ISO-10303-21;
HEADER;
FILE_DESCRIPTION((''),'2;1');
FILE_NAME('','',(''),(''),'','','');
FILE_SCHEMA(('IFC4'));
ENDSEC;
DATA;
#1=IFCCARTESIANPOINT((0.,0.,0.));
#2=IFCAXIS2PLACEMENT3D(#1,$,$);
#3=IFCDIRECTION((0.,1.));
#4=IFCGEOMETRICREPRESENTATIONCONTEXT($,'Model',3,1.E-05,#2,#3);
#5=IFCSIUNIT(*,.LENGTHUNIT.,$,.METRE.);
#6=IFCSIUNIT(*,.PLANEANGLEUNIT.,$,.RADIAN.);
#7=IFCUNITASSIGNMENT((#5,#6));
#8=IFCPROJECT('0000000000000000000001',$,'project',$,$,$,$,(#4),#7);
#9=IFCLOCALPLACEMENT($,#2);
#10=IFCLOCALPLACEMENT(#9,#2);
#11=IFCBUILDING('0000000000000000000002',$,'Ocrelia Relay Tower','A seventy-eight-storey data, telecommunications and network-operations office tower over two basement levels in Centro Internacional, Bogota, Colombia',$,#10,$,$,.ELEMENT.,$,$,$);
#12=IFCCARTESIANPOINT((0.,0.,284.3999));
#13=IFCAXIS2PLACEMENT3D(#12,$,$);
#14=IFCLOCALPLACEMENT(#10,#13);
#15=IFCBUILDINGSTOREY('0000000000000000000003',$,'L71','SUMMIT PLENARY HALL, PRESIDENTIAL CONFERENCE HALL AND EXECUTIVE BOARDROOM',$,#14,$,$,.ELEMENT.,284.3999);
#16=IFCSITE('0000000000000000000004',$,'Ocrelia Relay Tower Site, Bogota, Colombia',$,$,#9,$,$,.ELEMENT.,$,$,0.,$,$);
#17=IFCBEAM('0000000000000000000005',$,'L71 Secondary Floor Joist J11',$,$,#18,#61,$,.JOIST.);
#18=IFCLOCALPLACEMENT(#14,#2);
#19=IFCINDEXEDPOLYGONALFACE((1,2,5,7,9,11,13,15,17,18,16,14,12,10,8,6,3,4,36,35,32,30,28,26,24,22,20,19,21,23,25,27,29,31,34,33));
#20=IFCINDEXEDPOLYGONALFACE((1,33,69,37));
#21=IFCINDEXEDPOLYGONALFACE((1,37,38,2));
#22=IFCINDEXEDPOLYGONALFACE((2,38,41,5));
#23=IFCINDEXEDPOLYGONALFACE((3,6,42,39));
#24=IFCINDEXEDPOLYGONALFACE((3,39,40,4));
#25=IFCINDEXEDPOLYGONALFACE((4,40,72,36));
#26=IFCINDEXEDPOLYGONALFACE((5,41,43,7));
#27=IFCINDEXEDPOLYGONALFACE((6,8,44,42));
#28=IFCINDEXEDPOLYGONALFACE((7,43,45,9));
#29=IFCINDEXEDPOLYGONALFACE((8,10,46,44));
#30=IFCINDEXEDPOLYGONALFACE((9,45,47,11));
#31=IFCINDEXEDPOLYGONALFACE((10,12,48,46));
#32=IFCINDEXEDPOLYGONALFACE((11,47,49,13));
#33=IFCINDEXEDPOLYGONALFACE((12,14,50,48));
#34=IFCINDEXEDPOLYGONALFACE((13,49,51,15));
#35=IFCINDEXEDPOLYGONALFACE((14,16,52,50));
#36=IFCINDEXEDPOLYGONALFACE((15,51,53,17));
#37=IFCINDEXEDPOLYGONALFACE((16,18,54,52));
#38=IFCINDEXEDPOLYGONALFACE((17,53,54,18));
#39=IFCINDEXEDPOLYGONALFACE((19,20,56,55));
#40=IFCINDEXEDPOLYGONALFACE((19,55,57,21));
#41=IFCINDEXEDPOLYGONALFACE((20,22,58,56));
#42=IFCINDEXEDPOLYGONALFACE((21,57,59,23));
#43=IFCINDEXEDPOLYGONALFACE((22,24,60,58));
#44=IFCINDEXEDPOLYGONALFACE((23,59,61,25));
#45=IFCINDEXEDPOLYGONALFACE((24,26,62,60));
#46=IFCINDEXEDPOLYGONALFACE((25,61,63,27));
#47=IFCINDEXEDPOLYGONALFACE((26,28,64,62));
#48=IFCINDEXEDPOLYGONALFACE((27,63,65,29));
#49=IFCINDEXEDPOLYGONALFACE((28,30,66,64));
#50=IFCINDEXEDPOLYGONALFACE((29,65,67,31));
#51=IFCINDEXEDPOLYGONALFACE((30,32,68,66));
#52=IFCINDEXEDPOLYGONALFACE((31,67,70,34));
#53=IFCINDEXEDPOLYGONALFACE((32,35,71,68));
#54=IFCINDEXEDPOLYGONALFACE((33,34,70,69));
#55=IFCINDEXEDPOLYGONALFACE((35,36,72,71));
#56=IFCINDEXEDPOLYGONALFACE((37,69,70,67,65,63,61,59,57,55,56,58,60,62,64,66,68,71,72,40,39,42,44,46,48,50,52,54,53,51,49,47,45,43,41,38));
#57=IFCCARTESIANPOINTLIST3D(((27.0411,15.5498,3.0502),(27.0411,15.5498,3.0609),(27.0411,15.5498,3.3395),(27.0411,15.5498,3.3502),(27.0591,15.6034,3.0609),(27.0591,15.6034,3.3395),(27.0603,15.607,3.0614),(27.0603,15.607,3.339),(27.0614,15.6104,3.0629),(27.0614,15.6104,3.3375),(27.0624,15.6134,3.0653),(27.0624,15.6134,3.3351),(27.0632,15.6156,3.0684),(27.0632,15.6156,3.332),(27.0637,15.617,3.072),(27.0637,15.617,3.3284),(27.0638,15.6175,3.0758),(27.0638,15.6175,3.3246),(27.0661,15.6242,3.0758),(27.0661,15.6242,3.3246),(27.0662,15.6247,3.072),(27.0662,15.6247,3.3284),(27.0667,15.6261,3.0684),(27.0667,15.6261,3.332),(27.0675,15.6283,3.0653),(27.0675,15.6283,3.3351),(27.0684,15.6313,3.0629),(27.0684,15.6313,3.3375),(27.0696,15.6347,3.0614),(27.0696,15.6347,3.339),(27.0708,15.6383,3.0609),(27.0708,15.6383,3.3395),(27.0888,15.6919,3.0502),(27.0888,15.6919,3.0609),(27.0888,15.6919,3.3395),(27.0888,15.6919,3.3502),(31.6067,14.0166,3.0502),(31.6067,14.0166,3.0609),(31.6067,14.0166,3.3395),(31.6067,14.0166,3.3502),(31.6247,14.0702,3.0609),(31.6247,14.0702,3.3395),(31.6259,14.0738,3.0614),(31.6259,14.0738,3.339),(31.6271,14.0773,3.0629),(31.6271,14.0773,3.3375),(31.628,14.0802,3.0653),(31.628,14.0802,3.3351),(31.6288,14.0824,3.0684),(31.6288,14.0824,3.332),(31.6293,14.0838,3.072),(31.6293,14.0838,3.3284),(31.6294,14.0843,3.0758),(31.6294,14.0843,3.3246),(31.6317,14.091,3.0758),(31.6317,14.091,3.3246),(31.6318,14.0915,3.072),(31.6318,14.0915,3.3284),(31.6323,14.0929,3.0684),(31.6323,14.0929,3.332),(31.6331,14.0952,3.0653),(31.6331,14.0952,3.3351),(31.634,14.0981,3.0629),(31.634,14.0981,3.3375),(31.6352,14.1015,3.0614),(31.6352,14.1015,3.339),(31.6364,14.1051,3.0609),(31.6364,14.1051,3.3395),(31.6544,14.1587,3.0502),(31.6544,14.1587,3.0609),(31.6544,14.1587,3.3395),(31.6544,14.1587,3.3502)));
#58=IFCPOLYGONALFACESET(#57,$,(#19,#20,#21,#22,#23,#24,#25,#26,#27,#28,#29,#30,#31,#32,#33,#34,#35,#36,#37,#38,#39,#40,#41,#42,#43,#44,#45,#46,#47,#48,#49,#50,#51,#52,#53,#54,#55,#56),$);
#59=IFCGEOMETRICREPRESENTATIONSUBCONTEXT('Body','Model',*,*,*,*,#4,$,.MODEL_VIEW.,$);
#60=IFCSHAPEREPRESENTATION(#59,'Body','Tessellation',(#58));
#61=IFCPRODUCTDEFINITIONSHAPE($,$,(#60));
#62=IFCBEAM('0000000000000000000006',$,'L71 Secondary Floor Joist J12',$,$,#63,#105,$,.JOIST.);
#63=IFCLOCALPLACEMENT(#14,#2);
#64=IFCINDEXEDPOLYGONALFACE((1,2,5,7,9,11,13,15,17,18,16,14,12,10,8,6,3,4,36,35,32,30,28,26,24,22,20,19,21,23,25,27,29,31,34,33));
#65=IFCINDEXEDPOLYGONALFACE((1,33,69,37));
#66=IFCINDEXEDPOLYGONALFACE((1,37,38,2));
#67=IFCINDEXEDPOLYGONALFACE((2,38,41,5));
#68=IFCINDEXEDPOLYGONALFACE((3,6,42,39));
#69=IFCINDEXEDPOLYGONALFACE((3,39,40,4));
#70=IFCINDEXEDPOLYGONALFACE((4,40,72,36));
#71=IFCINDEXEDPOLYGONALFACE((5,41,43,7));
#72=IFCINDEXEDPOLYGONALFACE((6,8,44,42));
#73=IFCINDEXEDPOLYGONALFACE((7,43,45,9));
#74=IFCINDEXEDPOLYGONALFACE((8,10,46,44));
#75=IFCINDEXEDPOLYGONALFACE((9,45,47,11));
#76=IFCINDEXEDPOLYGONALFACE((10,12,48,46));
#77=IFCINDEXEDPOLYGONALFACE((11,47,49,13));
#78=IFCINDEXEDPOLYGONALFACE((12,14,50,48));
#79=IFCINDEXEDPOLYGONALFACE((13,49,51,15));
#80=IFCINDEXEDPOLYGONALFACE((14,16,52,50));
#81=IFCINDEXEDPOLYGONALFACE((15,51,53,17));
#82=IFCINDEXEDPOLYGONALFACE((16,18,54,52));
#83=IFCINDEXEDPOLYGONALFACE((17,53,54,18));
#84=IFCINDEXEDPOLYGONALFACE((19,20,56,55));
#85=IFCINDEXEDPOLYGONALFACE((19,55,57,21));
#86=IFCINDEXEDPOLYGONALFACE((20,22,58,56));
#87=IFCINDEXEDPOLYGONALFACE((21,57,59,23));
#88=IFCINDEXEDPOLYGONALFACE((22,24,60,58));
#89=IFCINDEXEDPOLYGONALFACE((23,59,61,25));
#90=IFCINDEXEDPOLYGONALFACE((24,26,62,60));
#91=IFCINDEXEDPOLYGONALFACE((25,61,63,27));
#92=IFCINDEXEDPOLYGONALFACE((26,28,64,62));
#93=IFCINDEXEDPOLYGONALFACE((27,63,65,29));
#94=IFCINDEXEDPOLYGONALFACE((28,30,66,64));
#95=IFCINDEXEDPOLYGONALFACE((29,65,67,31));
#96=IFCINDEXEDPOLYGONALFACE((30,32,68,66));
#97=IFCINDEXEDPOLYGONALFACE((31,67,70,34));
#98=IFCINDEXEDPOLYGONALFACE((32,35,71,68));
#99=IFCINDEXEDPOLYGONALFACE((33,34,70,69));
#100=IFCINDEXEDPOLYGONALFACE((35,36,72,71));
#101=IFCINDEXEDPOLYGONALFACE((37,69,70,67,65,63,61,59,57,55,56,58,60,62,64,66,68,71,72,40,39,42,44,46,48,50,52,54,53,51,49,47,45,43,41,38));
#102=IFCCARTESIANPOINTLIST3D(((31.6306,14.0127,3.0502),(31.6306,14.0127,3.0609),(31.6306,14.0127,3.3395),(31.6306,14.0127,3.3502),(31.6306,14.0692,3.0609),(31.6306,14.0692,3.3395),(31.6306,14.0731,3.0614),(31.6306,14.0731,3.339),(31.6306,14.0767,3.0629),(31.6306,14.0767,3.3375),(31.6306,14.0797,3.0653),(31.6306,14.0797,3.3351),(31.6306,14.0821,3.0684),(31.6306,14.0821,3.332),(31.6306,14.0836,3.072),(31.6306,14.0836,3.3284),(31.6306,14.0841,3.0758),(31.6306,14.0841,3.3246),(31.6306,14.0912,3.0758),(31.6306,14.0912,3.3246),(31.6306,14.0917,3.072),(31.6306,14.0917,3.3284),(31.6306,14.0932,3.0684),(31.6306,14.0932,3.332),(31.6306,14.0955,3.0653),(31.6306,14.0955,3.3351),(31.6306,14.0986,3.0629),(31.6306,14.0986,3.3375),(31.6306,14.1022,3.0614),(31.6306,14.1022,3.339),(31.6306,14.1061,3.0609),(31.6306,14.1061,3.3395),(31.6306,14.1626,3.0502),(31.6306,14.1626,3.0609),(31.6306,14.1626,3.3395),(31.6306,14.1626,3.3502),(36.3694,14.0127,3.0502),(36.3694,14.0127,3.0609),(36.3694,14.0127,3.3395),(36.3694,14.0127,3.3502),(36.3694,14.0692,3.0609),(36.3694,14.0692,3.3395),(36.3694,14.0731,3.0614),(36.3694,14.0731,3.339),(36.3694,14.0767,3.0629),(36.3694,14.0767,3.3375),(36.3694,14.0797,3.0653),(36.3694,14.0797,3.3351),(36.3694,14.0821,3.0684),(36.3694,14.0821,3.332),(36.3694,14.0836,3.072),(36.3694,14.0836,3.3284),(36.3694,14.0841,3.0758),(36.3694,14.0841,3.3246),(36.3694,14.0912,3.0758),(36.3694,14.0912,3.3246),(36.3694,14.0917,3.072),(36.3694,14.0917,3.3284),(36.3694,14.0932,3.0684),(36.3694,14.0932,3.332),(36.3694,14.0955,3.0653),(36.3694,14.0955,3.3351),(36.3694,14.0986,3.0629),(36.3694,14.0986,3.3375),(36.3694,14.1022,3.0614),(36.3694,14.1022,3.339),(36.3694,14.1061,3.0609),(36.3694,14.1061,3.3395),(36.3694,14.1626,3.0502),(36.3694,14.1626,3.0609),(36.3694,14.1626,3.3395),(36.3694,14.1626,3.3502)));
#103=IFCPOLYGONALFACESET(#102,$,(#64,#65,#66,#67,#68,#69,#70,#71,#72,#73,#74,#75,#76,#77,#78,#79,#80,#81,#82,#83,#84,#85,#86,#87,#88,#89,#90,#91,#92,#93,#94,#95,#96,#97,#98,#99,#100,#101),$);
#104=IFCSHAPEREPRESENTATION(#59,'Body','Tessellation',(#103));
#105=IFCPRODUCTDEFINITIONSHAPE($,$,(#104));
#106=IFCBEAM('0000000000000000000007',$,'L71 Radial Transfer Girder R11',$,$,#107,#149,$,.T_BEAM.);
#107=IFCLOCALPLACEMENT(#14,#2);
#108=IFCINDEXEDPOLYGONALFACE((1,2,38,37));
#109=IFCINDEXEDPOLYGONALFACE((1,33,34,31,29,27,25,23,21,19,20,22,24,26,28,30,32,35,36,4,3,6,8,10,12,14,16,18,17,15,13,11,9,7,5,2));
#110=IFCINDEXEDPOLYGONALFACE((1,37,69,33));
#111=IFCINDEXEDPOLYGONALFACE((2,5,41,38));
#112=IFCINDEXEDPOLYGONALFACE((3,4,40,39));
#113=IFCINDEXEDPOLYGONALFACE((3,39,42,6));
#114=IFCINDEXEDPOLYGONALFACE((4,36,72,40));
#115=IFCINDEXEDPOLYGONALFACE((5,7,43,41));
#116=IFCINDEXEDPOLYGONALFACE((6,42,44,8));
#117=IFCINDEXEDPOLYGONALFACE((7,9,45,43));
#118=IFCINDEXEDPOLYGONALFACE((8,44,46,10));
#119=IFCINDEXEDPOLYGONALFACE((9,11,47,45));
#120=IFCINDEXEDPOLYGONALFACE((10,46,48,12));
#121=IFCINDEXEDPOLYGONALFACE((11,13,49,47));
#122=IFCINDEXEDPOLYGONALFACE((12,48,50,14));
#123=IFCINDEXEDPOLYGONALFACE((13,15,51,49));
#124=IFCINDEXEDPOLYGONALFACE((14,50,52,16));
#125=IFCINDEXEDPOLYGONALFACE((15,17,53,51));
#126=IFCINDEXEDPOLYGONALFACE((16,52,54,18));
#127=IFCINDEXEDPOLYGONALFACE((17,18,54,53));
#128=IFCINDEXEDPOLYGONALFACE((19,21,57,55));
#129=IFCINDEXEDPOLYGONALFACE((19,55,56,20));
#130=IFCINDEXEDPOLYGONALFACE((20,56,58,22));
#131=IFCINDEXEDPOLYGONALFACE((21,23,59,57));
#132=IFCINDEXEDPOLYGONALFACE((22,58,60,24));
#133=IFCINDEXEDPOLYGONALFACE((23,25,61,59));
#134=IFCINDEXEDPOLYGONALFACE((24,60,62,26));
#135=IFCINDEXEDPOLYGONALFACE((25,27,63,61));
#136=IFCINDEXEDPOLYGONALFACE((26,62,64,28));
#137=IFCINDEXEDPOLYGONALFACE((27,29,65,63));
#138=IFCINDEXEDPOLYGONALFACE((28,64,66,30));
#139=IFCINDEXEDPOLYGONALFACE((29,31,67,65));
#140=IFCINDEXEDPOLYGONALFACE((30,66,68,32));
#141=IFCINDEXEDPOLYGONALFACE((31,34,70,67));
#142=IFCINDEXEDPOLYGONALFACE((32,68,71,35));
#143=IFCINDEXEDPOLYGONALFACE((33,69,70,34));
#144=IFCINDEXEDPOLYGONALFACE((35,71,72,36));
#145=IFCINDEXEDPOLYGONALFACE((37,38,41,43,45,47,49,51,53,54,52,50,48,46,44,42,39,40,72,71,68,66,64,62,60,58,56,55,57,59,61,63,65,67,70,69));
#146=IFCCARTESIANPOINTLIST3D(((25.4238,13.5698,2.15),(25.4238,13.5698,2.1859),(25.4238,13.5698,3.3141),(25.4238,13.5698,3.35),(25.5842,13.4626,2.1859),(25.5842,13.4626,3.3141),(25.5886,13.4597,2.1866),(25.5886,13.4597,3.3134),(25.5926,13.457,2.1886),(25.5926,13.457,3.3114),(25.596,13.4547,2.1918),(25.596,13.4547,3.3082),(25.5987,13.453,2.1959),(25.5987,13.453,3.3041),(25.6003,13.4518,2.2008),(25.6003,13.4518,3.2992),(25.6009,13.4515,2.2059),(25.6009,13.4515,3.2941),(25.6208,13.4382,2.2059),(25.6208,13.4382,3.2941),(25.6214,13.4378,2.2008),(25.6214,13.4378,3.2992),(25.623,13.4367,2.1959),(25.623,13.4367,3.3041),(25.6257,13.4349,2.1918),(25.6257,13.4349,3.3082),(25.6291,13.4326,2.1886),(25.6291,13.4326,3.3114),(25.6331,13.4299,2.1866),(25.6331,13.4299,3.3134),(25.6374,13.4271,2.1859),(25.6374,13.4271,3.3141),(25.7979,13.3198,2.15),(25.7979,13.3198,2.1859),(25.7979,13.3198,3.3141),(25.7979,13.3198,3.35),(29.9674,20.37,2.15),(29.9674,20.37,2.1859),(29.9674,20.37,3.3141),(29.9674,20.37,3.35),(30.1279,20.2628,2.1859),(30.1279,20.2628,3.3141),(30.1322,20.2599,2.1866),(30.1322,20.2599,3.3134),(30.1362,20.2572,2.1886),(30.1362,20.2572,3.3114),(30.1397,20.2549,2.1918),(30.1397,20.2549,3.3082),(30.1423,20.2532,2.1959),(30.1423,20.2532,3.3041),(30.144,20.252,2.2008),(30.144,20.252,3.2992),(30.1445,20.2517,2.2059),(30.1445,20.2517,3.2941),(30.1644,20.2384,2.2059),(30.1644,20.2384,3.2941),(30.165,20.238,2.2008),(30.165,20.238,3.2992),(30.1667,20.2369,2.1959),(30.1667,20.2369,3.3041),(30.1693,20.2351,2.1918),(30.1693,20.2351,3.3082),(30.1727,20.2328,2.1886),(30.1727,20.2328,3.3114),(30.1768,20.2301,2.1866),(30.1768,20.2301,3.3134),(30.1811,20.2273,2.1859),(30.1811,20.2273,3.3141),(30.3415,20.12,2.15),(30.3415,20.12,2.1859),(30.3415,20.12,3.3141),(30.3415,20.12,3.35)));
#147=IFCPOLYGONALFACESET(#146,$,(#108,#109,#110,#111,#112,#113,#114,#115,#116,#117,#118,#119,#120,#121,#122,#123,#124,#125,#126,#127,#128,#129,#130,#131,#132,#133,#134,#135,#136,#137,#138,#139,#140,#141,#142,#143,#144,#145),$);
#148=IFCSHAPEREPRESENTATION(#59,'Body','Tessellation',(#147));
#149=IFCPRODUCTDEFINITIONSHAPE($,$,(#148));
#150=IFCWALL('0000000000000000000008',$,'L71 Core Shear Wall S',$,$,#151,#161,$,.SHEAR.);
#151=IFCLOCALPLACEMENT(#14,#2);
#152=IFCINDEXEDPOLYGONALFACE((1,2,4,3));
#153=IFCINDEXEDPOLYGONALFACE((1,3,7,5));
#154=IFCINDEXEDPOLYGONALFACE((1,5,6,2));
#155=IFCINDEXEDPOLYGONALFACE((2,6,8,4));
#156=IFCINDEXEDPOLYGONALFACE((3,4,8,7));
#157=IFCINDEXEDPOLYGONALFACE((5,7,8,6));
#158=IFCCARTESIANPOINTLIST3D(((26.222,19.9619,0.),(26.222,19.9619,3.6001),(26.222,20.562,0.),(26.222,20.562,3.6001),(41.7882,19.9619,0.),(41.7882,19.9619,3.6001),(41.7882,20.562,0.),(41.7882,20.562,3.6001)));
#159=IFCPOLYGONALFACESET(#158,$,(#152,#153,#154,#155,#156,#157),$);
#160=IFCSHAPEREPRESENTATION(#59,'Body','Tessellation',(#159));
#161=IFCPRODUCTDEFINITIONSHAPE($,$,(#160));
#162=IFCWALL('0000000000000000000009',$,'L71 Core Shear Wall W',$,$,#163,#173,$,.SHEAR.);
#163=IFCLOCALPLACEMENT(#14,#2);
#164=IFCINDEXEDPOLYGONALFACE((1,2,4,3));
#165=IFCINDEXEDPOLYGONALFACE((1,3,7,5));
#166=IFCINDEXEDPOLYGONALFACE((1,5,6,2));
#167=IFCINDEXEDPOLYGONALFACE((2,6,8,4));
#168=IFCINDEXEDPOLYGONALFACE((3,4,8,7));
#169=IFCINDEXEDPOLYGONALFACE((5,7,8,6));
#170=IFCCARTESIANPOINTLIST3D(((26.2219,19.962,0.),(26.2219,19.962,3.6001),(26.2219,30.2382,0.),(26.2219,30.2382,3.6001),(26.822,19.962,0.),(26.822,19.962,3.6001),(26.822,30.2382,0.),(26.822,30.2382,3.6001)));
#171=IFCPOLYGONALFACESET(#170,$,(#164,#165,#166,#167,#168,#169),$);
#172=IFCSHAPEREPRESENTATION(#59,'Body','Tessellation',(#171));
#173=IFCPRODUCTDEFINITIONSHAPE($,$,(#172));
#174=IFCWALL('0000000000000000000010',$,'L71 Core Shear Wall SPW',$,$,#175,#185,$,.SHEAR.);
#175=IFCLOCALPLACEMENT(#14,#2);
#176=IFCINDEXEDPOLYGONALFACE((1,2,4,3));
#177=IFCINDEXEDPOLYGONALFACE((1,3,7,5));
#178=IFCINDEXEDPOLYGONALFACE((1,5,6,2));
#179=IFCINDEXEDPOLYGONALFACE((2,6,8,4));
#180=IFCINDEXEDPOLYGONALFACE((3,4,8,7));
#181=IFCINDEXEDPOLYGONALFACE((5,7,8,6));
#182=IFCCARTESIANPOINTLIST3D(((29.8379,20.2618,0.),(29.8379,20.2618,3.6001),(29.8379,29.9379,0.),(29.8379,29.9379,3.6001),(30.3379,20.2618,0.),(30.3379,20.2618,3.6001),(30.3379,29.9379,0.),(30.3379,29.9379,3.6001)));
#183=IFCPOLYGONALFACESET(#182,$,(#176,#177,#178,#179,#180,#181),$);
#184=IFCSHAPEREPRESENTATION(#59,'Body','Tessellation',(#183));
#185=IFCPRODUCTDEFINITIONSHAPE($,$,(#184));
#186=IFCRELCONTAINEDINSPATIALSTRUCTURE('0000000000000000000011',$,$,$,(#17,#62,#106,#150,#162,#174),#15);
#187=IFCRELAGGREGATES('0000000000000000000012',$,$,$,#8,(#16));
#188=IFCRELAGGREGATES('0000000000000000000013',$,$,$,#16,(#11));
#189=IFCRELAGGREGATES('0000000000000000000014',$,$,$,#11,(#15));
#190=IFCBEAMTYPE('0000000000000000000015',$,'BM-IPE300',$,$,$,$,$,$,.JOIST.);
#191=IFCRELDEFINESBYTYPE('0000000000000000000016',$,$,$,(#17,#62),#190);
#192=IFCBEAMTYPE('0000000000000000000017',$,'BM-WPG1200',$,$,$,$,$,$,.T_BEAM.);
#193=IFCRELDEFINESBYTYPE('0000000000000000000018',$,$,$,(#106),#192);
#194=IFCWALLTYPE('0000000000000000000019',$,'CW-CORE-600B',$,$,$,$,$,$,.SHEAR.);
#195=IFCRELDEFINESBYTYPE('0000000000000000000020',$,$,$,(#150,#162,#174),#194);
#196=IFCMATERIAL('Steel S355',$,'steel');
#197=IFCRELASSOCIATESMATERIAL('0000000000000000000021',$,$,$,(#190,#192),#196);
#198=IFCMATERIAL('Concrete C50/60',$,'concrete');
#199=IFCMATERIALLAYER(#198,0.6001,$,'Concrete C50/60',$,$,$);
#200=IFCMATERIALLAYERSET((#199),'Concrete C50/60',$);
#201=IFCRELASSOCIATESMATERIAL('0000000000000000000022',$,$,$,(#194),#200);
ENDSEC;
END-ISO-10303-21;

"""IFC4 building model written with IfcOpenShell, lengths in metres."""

from ifc_helpers import new_model, si_unit, direction, frame, frame_2d, origin, origin_2d, place, context, subcontext, project, spatial, rectangle, i_section, extrude, material, layer, layer_set, material_profile, profile_set, type_object, element, save


model = new_model("IFC4")

# Units and contexts
model_context = context("Model", 3, precision=1e-05, world=origin(), true_north=direction((0.0, 1.0)))
body_context = subcontext(model_context, "Body", "Model", "MODEL_VIEW")
ifc_project = project(units=[si_unit("LENGTHUNIT", "METRE"), si_unit("PLANEANGLEUNIT", "RADIAN")], contexts=[model_context])

# Site, building, storey
site_placement = place(None, origin())
site = spatial("IfcSite", under=ifc_project, at=site_placement, Name="Ocrelia Relay Tower Site, Bogota, Colombia", CompositionType="ELEMENT", RefElevation=0.0)
building_placement = place(site_placement, origin())
building = spatial("IfcBuilding", under=site, at=building_placement, Name="Ocrelia Relay Tower", Description="A seventy-eight-storey data, telecommunications and network-operations office tower over two basement levels in Centro Internacional, Bogota, Colombia", CompositionType="ELEMENT")
storey_placement = place(building_placement, frame((0.0, 0.0, 284.3999)))
storey = spatial("IfcBuildingStorey", under=building, at=storey_placement, Name="L71", Description="SUMMIT PLENARY HALL, PRESIDENTIAL CONFERENCE HALL AND EXECUTIVE BOARDROOM", CompositionType="ELEMENT", Elevation=284.3999)

# Shared definitions
ifc_material_1 = material(Name="Concrete C50/60", Category="concrete")

# Beams
ifc_material_2 = material(Name="Steel S355", Category="steel")
ifc_material_profile_1 = material_profile(ifc_material_2, i_section(OverallWidth=0.1499, OverallDepth=0.3, WebThickness=0.0071, FlangeThickness=0.0107, FilletRadius=0.0149, at=origin_2d()), Name="IPE 300")
ifc_profile_set_1 = profile_set([ifc_material_profile_1], Name="Steel S355")
beam_type_1 = type_object("IfcBeamType", Name="BM-IPE300", PredefinedType="JOIST", material=ifc_profile_set_1)
beam_1_placement = place(storey_placement, frame((27.0649, 15.6208, 3.2002), z_axis=(0.947976, -0.318341, 0.0), x_axis=(0.318341, 0.947976, 0.0)))
element("IfcBeam", 1, at=beam_1_placement, inside=storey, type_object=beam_type_1, Name="L71 Secondary Floor Joist J11", PredefinedType="JOIST", context=body_context, shape_type="SweptSolid", body=[
    extrude(i_section(OverallWidth=0.1499, OverallDepth=0.3, WebThickness=0.0071, FlangeThickness=0.0107, FilletRadius=0.0149, at=origin_2d()), origin(), (0.0, 0.0, 1.0), 4.8162),
])
beam_2_placement = place(storey_placement, frame((31.6306, 14.0876, 3.2002), z_axis=(1.0, 0.0, 0.0), x_axis=(0.0, 1.0, 0.0)))
element("IfcBeam", 2, at=beam_2_placement, inside=storey, type_object=beam_type_1, Name="L71 Secondary Floor Joist J12", PredefinedType="JOIST", context=body_context, shape_type="SweptSolid", body=[
    extrude(i_section(OverallWidth=0.1499, OverallDepth=0.3, WebThickness=0.0071, FlangeThickness=0.0107, FilletRadius=0.0149, at=origin_2d()), origin(), (0.0, 0.0, 1.0), 4.7388),
])
ifc_material_profile_2 = material_profile(ifc_material_2, i_section(OverallWidth=0.45, OverallDepth=1.2, WebThickness=0.0239, FlangeThickness=0.0359, FilletRadius=0.02, at=origin_2d()), Name="WPG 1200x450")
ifc_profile_set_2 = profile_set([ifc_material_profile_2], Name="Steel S355")
beam_type_2 = type_object("IfcBeamType", Name="BM-WPG1200", PredefinedType="T_BEAM", material=ifc_profile_set_2)
beam_3_placement = place(storey_placement, frame((25.6108, 13.4448, 2.75), z_axis=(0.555561, 0.831476, 0.0), x_axis=(-0.831476, 0.555561, 0.0)))
element("IfcBeam", 3, at=beam_3_placement, inside=storey, type_object=beam_type_2, Name="L71 Radial Transfer Girder R11", PredefinedType="T_BEAM", context=body_context, shape_type="SweptSolid", body=[
    extrude(i_section(OverallWidth=0.45, OverallDepth=1.2, WebThickness=0.0239, FlangeThickness=0.0359, FilletRadius=0.02, at=origin_2d()), origin(), (0.0, 0.0, 1.0), 8.1785),
])

# Walls
ifc_layer_1 = layer(ifc_material_1, 0.6001, Name="Concrete C50/60")
ifc_layer_set_1 = layer_set([ifc_layer_1], Name="Concrete C50/60")
wall_type_1 = type_object("IfcWallType", Name="CW-CORE-600B", PredefinedType="SHEAR", material=ifc_layer_set_1)
wall_1_placement = place(storey_placement, frame((26.2219, 20.262, 0.0), z_axis=(0.0, 0.0, 1.0), x_axis=(1.0, 0.0, 0.0)))
element("IfcWall", 4, at=wall_1_placement, inside=storey, type_object=wall_type_1, Name="L71 Core Shear Wall S", PredefinedType="SHEAR", context=body_context, shape_type="SweptSolid", body=[
    extrude(rectangle(XDim=15.5662, YDim=0.6001, at=frame_2d((7.7832, 0.0))), origin(), (0.0, 0.0, 1.0), 3.6001),
])
wall_2_placement = place(storey_placement, frame((26.522, 19.9619, 0.0), z_axis=(0.0, 0.0, 1.0), x_axis=(0.0, 1.0, 0.0)))
element("IfcWall", 5, at=wall_2_placement, inside=storey, type_object=wall_type_1, Name="L71 Core Shear Wall W", PredefinedType="SHEAR", context=body_context, shape_type="SweptSolid", body=[
    extrude(rectangle(XDim=10.2761, YDim=0.6001, at=frame_2d((5.1382, 0.0))), origin(), (0.0, 0.0, 1.0), 3.6001),
])
wall_3_placement = place(storey_placement, frame((30.0879, 20.262, 0.0), z_axis=(0.0, 0.0, 1.0), x_axis=(0.0, 1.0, 0.0)))
element("IfcWall", 6, at=wall_3_placement, inside=storey, type_object=wall_type_1, Name="L71 Core Shear Wall SPW", PredefinedType="SHEAR", context=body_context, shape_type="SweptSolid", body=[
    extrude(rectangle(XDim=9.676, YDim=0.5, at=frame_2d((4.8379, 0.0))), origin(), (0.0, 0.0, 1.0), 3.6001),
])

save(model, "model.ifc")
